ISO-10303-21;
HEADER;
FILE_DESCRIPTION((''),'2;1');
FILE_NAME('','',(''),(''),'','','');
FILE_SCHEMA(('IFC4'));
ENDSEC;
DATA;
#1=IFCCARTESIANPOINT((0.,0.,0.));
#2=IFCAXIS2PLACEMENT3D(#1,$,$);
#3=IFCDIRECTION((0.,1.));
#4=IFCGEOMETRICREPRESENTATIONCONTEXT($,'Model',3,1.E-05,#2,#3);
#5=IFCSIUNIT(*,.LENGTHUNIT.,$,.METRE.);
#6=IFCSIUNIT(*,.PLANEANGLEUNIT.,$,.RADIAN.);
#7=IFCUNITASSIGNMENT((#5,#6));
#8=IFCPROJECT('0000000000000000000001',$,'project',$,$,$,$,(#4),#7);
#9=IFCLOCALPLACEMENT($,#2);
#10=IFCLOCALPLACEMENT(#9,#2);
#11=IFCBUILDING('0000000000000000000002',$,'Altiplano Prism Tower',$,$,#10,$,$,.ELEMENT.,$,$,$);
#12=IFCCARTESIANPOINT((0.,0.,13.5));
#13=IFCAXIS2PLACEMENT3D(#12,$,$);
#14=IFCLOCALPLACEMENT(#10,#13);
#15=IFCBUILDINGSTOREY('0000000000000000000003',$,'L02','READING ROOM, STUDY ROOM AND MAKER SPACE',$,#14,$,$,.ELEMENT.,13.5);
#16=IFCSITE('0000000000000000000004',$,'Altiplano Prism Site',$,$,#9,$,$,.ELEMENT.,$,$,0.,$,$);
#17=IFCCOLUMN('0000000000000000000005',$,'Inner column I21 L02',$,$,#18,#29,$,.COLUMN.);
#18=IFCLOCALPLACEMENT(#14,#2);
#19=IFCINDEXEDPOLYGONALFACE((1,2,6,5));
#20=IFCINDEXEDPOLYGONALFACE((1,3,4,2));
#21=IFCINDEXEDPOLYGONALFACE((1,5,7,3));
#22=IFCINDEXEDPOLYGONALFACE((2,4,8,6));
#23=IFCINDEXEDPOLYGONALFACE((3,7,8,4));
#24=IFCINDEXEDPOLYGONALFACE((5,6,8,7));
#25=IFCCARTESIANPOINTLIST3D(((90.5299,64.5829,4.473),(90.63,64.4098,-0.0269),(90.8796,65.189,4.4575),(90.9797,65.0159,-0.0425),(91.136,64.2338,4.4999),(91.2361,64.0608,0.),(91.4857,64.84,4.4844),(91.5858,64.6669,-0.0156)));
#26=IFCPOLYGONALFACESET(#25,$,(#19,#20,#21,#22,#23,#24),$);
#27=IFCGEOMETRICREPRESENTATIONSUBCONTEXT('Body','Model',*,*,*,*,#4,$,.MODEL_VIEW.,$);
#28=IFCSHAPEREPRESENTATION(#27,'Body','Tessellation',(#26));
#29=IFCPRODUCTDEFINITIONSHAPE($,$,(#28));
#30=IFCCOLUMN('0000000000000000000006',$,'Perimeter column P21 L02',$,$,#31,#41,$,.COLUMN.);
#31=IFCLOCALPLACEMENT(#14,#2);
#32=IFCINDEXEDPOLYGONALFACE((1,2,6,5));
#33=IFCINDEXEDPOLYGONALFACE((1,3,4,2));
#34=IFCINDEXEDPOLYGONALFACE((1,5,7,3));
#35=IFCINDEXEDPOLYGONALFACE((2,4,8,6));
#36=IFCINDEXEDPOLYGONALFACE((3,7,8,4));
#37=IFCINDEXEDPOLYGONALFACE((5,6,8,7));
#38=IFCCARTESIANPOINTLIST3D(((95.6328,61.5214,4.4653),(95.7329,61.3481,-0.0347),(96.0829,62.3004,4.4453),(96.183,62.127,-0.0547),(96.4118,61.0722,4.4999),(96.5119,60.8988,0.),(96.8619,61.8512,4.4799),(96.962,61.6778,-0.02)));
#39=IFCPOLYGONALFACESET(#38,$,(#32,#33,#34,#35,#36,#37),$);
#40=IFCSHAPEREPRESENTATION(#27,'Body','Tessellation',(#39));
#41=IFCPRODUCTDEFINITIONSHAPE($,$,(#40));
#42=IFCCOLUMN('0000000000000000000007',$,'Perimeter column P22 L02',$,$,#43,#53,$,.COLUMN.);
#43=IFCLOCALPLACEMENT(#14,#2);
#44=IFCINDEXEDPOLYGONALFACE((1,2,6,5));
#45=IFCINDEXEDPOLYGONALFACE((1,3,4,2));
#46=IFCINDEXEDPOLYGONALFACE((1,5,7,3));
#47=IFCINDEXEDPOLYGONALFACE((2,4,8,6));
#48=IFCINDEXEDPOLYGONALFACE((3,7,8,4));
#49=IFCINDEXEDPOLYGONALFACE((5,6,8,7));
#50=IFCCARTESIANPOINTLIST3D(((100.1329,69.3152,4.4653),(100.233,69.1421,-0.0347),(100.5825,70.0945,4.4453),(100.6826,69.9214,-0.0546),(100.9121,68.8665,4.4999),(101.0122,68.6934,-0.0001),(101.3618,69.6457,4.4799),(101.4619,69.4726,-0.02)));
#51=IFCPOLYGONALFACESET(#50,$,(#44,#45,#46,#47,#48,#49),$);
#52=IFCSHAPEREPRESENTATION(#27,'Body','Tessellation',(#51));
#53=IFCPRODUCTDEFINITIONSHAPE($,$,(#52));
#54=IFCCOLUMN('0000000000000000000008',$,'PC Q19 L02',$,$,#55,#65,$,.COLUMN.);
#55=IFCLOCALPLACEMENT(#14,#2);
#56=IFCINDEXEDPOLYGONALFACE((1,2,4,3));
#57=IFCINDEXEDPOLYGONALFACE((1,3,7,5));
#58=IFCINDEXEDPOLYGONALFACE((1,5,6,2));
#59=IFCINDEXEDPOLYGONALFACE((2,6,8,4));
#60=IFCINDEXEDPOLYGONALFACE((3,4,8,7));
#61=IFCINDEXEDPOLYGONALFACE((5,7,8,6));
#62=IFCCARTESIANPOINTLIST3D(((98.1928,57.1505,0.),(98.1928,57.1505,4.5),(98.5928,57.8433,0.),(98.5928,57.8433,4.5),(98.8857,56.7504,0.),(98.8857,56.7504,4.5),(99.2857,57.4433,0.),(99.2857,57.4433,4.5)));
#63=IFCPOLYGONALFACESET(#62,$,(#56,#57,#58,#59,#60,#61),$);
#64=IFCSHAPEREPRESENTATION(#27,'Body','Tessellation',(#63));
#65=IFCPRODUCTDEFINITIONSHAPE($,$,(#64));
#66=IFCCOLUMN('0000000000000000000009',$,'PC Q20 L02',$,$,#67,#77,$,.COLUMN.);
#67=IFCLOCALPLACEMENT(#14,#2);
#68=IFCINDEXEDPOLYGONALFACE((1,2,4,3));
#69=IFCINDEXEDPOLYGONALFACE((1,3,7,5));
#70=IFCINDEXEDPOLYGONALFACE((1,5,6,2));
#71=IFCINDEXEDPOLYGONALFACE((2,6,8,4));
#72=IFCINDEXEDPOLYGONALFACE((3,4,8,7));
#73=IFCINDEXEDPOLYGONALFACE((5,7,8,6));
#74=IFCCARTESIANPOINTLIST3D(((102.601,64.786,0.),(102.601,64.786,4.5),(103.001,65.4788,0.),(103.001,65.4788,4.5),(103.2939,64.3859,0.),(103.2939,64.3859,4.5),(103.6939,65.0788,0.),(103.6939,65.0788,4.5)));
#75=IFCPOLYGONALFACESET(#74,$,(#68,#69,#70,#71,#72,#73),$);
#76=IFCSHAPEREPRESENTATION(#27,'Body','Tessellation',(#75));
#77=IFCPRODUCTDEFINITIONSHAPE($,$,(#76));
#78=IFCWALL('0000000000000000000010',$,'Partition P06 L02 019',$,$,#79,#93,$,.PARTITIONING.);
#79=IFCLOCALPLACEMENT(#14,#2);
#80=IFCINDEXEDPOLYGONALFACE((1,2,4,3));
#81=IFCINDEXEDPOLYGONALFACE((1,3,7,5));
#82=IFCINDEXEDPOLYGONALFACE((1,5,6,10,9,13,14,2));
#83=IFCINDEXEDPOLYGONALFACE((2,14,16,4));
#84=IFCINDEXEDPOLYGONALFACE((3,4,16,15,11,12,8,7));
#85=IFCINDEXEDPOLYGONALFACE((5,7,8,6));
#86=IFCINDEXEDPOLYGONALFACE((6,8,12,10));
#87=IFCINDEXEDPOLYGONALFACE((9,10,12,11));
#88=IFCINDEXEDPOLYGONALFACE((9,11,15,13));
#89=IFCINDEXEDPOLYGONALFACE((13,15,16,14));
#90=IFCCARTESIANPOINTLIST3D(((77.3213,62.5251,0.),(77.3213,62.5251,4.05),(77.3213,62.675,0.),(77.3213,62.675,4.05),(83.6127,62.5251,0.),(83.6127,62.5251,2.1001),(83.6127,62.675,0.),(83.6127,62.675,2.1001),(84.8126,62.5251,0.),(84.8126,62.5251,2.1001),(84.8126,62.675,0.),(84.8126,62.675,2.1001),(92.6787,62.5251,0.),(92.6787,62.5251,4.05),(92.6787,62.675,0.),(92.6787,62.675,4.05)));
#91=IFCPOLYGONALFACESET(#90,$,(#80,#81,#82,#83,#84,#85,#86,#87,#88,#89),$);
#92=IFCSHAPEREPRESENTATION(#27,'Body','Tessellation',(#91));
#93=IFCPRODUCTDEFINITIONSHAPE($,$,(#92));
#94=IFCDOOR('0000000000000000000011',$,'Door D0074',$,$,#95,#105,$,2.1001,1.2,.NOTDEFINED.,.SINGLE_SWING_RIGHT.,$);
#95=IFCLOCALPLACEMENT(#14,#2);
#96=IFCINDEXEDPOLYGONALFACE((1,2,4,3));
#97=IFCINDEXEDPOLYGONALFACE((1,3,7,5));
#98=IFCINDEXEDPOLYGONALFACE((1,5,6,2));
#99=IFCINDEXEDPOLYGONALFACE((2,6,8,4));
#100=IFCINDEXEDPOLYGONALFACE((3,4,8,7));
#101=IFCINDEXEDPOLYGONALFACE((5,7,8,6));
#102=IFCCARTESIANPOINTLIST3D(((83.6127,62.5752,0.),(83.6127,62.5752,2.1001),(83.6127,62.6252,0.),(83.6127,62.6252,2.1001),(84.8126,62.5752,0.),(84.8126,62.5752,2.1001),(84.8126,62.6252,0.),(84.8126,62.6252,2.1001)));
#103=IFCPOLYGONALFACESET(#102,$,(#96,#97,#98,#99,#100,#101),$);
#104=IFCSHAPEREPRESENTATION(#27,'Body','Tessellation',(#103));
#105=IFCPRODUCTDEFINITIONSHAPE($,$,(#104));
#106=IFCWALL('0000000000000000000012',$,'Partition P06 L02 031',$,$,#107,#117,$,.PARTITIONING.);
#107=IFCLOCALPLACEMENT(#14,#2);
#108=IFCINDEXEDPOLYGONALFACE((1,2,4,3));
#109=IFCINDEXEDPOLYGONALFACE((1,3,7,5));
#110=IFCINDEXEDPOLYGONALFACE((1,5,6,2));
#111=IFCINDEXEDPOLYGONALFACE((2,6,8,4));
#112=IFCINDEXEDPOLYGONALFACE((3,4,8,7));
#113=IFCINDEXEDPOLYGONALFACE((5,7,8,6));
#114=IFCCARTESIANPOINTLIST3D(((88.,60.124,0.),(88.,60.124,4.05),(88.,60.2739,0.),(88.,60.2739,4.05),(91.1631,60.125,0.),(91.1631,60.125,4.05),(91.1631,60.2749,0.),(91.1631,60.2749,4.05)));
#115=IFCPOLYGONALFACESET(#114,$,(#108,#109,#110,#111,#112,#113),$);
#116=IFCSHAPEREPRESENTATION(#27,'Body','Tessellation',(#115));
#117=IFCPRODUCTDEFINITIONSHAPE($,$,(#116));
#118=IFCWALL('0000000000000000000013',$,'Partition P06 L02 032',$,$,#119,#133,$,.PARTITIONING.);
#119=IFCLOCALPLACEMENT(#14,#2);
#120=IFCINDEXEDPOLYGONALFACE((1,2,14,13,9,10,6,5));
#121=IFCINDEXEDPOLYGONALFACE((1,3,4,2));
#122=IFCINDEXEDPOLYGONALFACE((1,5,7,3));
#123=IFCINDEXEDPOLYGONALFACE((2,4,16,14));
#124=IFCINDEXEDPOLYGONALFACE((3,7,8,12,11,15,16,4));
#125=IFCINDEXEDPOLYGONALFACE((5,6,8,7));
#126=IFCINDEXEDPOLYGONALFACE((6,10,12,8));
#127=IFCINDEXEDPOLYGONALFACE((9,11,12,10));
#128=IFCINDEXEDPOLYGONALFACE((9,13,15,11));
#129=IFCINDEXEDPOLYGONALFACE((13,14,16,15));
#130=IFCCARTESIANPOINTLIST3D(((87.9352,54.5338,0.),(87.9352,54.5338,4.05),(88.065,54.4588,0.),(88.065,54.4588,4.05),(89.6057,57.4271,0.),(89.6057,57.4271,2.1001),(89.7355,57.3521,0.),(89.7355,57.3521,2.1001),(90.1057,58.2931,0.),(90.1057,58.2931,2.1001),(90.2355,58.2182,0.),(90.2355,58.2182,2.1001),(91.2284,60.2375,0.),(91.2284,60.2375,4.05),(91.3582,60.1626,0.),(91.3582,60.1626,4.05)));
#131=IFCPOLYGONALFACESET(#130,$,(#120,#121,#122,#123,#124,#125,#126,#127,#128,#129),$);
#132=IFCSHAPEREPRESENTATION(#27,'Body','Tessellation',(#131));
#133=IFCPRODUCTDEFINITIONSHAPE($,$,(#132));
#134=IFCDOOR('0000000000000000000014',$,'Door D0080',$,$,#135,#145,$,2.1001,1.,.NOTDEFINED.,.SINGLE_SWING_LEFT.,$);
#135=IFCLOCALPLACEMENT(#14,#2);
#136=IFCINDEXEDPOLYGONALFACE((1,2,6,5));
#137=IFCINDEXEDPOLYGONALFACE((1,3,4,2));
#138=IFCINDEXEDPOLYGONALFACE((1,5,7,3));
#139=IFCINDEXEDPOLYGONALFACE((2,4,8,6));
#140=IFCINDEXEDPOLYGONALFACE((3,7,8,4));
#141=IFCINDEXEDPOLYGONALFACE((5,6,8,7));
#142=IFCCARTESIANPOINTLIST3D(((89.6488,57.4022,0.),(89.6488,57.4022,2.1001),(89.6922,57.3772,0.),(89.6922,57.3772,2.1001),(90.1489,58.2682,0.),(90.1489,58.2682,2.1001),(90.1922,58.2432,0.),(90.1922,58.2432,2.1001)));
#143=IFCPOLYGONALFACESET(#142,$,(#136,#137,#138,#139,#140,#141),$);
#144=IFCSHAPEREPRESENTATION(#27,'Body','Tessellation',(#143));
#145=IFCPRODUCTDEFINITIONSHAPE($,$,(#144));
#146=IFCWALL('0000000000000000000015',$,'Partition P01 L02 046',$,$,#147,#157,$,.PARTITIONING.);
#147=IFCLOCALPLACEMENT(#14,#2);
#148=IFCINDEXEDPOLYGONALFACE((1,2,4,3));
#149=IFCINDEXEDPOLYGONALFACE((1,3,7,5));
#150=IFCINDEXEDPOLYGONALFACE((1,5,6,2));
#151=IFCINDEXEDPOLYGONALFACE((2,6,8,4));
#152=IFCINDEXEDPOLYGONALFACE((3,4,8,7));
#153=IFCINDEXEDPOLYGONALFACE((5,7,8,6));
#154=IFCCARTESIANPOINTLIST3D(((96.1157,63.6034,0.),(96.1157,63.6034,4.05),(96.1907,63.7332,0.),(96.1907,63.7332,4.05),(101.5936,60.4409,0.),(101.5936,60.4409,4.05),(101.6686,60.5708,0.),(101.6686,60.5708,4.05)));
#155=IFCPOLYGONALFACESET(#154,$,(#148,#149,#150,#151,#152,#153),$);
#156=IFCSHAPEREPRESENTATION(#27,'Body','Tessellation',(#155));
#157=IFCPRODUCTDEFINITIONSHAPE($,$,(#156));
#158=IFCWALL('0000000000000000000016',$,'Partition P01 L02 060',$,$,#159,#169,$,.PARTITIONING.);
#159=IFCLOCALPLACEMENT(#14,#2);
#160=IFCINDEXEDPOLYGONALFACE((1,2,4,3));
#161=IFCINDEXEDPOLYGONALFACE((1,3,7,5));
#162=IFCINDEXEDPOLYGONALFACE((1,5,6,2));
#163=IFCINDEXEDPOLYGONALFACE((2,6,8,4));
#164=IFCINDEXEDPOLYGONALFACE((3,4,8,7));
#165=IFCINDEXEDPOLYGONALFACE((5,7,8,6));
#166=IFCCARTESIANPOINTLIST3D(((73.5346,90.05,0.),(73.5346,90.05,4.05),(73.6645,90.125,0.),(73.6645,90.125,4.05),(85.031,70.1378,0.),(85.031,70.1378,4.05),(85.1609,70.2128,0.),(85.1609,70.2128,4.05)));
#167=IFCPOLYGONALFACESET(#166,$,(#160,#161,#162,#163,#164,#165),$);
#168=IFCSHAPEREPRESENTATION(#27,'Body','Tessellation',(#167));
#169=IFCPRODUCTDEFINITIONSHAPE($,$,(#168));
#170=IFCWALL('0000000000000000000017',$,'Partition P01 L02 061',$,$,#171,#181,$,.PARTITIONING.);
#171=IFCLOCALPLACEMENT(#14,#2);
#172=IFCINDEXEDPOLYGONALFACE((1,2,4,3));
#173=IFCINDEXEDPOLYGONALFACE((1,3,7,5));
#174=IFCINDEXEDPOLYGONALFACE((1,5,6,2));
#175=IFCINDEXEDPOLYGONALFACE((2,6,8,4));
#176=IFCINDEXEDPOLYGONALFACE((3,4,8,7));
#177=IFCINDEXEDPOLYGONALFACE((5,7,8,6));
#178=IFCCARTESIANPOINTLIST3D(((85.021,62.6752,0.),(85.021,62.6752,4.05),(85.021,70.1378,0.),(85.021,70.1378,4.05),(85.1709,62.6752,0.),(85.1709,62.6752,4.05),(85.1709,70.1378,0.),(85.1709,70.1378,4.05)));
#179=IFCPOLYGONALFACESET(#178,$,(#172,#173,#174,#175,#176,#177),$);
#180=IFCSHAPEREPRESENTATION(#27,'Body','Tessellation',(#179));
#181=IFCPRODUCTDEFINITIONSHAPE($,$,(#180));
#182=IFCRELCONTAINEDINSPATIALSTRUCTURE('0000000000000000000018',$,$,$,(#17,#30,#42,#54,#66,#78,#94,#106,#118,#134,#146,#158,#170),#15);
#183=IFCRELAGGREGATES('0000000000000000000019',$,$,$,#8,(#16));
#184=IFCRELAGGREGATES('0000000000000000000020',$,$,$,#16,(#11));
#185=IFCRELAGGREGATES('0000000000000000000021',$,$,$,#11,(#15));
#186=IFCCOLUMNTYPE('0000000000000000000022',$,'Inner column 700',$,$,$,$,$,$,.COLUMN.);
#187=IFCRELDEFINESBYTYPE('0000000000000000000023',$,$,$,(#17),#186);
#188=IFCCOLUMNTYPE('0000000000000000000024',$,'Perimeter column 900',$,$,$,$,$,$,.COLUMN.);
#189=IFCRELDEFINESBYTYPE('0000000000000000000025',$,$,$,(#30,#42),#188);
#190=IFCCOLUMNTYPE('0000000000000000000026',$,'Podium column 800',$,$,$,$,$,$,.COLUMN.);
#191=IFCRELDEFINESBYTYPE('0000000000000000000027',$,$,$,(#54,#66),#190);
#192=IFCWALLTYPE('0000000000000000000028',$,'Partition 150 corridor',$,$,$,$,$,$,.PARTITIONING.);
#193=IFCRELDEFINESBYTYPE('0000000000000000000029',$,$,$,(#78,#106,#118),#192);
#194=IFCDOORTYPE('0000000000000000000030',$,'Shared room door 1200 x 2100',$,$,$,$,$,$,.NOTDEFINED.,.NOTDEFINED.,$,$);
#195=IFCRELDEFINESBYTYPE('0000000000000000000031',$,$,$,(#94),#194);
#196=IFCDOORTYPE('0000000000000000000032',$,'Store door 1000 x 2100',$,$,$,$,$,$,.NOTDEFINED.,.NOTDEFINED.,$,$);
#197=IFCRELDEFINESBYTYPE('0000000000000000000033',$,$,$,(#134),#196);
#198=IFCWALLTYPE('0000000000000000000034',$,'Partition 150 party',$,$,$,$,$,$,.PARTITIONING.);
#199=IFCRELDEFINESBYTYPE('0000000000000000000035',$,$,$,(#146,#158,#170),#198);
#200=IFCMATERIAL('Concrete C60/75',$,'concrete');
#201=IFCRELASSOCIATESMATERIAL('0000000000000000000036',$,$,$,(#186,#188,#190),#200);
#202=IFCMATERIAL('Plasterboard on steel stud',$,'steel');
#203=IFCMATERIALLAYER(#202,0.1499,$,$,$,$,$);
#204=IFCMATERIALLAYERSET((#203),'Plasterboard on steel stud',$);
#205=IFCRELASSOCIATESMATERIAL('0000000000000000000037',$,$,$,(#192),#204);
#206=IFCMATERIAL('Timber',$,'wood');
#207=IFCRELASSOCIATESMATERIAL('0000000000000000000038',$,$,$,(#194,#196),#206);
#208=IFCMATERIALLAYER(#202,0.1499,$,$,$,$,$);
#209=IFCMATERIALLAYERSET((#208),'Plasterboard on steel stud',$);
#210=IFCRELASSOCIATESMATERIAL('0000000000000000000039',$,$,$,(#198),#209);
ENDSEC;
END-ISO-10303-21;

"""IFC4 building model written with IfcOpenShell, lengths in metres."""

from ifc_helpers import new_model, si_unit, direction, frame, frame_2d, origin, origin_2d, place, context, subcontext, project, spatial, rectangle, extrude, material, layer, layer_set, material_profile, profile_set, type_object, element, fill, save


model = new_model("IFC4")

# Units and contexts
model_context = context("Model", 3, precision=1e-05, world=origin(), true_north=direction((0.0, 1.0)))
body_context = subcontext(model_context, "Body", "Model", "MODEL_VIEW")
ifc_project = project(units=[si_unit("LENGTHUNIT", "METRE"), si_unit("PLANEANGLEUNIT", "RADIAN")], contexts=[model_context])

# Site, building, storey
site_placement = place(None, origin())
site = spatial("IfcSite", under=ifc_project, at=site_placement, Name="Altiplano Prism Site", CompositionType="ELEMENT", RefElevation=0.0)
building_placement = place(site_placement, origin())
building = spatial("IfcBuilding", under=site, at=building_placement, Name="Altiplano Prism Tower", CompositionType="ELEMENT")
storey_placement = place(building_placement, frame((0.0, 0.0, 13.5)))
storey = spatial("IfcBuildingStorey", under=building, at=storey_placement, Name="L02", Description="READING ROOM, STUDY ROOM AND MAKER SPACE", CompositionType="ELEMENT", Elevation=13.5)

# Columns
ifc_material_1 = material(Name="Concrete C60/75", Category="concrete")
ifc_material_profile_1 = material_profile(ifc_material_1, rectangle(XDim=0.7, YDim=0.7, at=origin_2d()), Name="Inner column 700")
ifc_profile_set_1 = profile_set([ifc_material_profile_1], Name="Concrete C60/75")
column_type_1 = type_object("IfcColumnType", Name="Inner column 700", PredefinedType="COLUMN", material=ifc_profile_set_1)
column_placement = place(storey_placement, frame((91.1079, 64.5383, -0.0212), z_axis=(-0.022222, 0.038428, 0.999014), x_axis=(-0.499643, -0.865947, 0.022195)))
element("IfcColumn", 1, at=column_placement, inside=storey, type_object=column_type_1, Name="Inner column I21 L02", PredefinedType="COLUMN", context=body_context, shape_type="SweptSolid", body=[
    extrude(rectangle(XDim=0.7, YDim=0.7, at=origin_2d()), origin(), (0.0, 0.0, 1.0), 4.5044),
])
ifc_material_profile_2 = material_profile(ifc_material_1, rectangle(XDim=0.8999, YDim=0.8999, at=origin_2d()), Name="Perimeter column 900")
ifc_profile_set_2 = profile_set([ifc_material_profile_2], Name="Concrete C60/75")
column_type_2 = type_object("IfcColumnType", Name="Perimeter column 900", PredefinedType="COLUMN", material=ifc_profile_set_2)
for number, where, z_axis, x_axis, name in (
    (2, (96.3474, 61.5129, -0.0273), (-0.022222, 0.038482, 0.999012), (-0.500172, -0.865641, 0.022219), "Perimeter column P21 L02"),
    (3, (100.8474, 69.3074, -0.0273), (-0.022222, 0.038428, 0.999014), (-0.499642, -0.865947, 0.022195), "Perimeter column P22 L02"),
):
    element("IfcColumn", number, at=place(storey_placement, frame(where, z_axis=z_axis, x_axis=x_axis)), inside=storey, type_object=column_type_2, Name=name, PredefinedType="COLUMN", context=body_context, shape_type="SweptSolid", body=[
        extrude(rectangle(XDim=0.8999, YDim=0.8999, at=origin_2d()), origin(), (0.0, 0.0, 1.0), 4.5044),
    ])
ifc_material_profile_3 = material_profile(ifc_material_1, rectangle(XDim=0.8, YDim=0.8, at=origin_2d()), Name="Podium column 800")
ifc_profile_set_3 = profile_set([ifc_material_profile_3], Name="Concrete C60/75")
column_type_3 = type_object("IfcColumnType", Name="Podium column 800", PredefinedType="COLUMN", material=ifc_profile_set_3)
for number, where, z_axis, x_axis, name in (
    (4, (98.7393, 57.2969, 0.0), (0.0, 0.0, 1.0), (0.5, 0.866025, 0.0), "PC Q19 L02"),
    (5, (103.1475, 64.9324, 0.0), (0.0, 0.0, 1.0), (0.5, 0.866025, 0.0), "PC Q20 L02"),
):
    element("IfcColumn", number, at=place(storey_placement, frame(where, z_axis=z_axis, x_axis=x_axis)), inside=storey, type_object=column_type_3, Name=name, PredefinedType="COLUMN", context=body_context, shape_type="SweptSolid", body=[
        extrude(rectangle(XDim=0.8, YDim=0.8, at=origin_2d()), origin(), (0.0, 0.0, 1.0), 4.5),
    ])

# Wall, opening, door
ifc_material_2 = material(Name="Plasterboard on steel stud", Category="steel")
ifc_layer_1 = layer(ifc_material_2, 0.1499)
ifc_layer_set_1 = layer_set([ifc_layer_1], Name="Plasterboard on steel stud")
wall_type_1 = type_object("IfcWallType", Name="Partition 150 corridor", PredefinedType="PARTITIONING", material=ifc_layer_set_1)
wall_1_placement = place(storey_placement, frame((92.6787, 62.6001, 0.0), z_axis=(0.0, 0.0, 1.0), x_axis=(-1.0, 0.0, 0.0)))
wall_1 = element("IfcWall", 6, at=wall_1_placement, inside=storey, type_object=wall_type_1, Name="Partition P06 L02 019", PredefinedType="PARTITIONING", context=body_context, shape_type="SweptSolid", body=[
    extrude(rectangle(XDim=15.3574, YDim=0.1499, at=frame_2d((7.6787, 0.0))), origin(), (0.0, 0.0, 1.0), 4.05),
])
opening_1_placement = place(wall_1_placement, frame((7.866, 0.0, 0.0)))
opening_1 = element("IfcOpeningElement", 7, at=opening_1_placement, cuts=wall_1, PredefinedType="OPENING", context=body_context, shape_type="SweptSolid", body=[
    extrude(rectangle(XDim=1.2, YDim=2.1001, at=frame_2d((0.6001, 1.05))), frame((0.0, 0.0854, 0.0), z_axis=(0.0, -1.0, 0.0), x_axis=(1.0, 0.0, 0.0)), (0.0, 0.0, 1.0), 0.1709),
])
ifc_material_3 = material(Name="Timber", Category="wood")
door_type_1 = type_object("IfcDoorType", Name="Shared room door 1200 x 2100", OperationType="NOTDEFINED", PredefinedType="NOTDEFINED", material=ifc_material_3)
door_1_placement = place(opening_1_placement, origin())
door_1 = element("IfcDoor", 8, at=door_1_placement, inside=storey, type_object=door_type_1, Name="Door D0074", OperationType="SINGLE_SWING_RIGHT", OverallHeight=2.1001, OverallWidth=1.2, PredefinedType="NOTDEFINED", context=body_context, shape_type="SweptSolid", body=[
    extrude(rectangle(XDim=1.2, YDim=2.1001, at=frame_2d((0.6001, 1.05))), frame((0.0, 0.0249, 0.0), z_axis=(0.0, -1.0, 0.0), x_axis=(1.0, 0.0, 0.0)), (0.0, 0.0, 1.0), 0.05),
])
fill(opening_1, door_1)

# Wall
wall_2_placement = place(storey_placement, frame((88.0, 60.199, 0.0), z_axis=(0.0, 0.0, 1.0), x_axis=(1.0, 0.000309, 0.0)))
element("IfcWall", 9, at=wall_2_placement, inside=storey, type_object=wall_type_1, Name="Partition P06 L02 031", PredefinedType="PARTITIONING", context=body_context, shape_type="SweptSolid", body=[
    extrude(rectangle(XDim=3.1631, YDim=0.1499, at=frame_2d((1.5815, 0.0))), origin(), (0.0, 0.0, 1.0), 4.05),
])

# Wall, opening, door
wall_3_placement = place(storey_placement, frame((91.2932, 60.2, 0.0), z_axis=(0.0, 0.0, 1.0), x_axis=(-0.50001, -0.86602, 0.0)))
wall_3 = element("IfcWall", 10, at=wall_3_placement, inside=storey, type_object=wall_type_1, Name="Partition P06 L02 032", PredefinedType="PARTITIONING", context=body_context, shape_type="SweptSolid", body=[
    extrude(rectangle(XDim=6.5862, YDim=0.1499, at=frame_2d((3.293, 0.0))), origin(), (0.0, 0.0, 1.0), 4.05),
])
opening_2_placement = place(wall_3_placement, frame((2.2451, 0.0, 0.0)))
opening_2 = element("IfcOpeningElement", 11, at=opening_2_placement, cuts=wall_3, PredefinedType="OPENING", context=body_context, shape_type="SweptSolid", body=[
    extrude(rectangle(XDim=1.0, YDim=2.1001, at=frame_2d((0.5, 1.05))), frame((0.0, 0.0854, 0.0), z_axis=(0.0, -1.0, 0.0), x_axis=(1.0, 0.0, 0.0)), (0.0, 0.0, 1.0), 0.1709),
])
door_type_2 = type_object("IfcDoorType", Name="Store door 1000 x 2100", OperationType="NOTDEFINED", PredefinedType="NOTDEFINED", material=ifc_material_3)
door_2_placement = place(opening_2_placement, origin())
door_2 = element("IfcDoor", 12, at=door_2_placement, inside=storey, type_object=door_type_2, Name="Door D0080", OperationType="SINGLE_SWING_LEFT", OverallHeight=2.1001, OverallWidth=1.0, PredefinedType="NOTDEFINED", context=body_context, shape_type="SweptSolid", body=[
    extrude(rectangle(XDim=1.0, YDim=2.1001, at=frame_2d((0.5, 1.05))), frame((0.0, 0.0249, 0.0), z_axis=(0.0, -1.0, 0.0), x_axis=(1.0, 0.0, 0.0)), (0.0, 0.0, 1.0), 0.05),
])
fill(opening_2, door_2)

# Walls
ifc_layer_2 = layer(ifc_material_2, 0.1499)
ifc_layer_set_2 = layer_set([ifc_layer_2], Name="Plasterboard on steel stud")
wall_type_2 = type_object("IfcWallType", Name="Partition 150 party", PredefinedType="PARTITIONING", material=ifc_layer_set_2)
wall_4_placement = place(storey_placement, frame((101.6311, 60.5059, 0.0), z_axis=(0.0, 0.0, 1.0), x_axis=(-0.866042, 0.499971, 0.0)))
element("IfcWall", 13, at=wall_4_placement, inside=storey, type_object=wall_type_2, Name="Partition P01 L02 046", PredefinedType="PARTITIONING", context=body_context, shape_type="SweptSolid", body=[
    extrude(rectangle(XDim=6.3252, YDim=0.1499, at=frame_2d((3.1626, 0.0))), origin(), (0.0, 0.0, 1.0), 4.05),
])
wall_5_placement = place(storey_placement, frame((85.0959, 70.1753, 0.0), z_axis=(0.0, 0.0, 1.0), x_axis=(-0.500002, 0.866024, 0.0)))
element("IfcWall", 14, at=wall_5_placement, inside=storey, type_object=wall_type_2, Name="Partition P01 L02 060", PredefinedType="PARTITIONING", context=body_context, shape_type="SweptSolid", body=[
    extrude(rectangle(XDim=22.9927, YDim=0.1499, at=frame_2d((11.4963, 0.0))), origin(), (0.0, 0.0, 1.0), 4.05),
])
wall_6_placement = place(storey_placement, frame((85.0959, 62.675, 0.0), z_axis=(0.0, 0.0, 1.0), x_axis=(0.0, 1.0, 0.0)))
element("IfcWall", 15, at=wall_6_placement, inside=storey, type_object=wall_type_2, Name="Partition P01 L02 061", PredefinedType="PARTITIONING", context=body_context, shape_type="SweptSolid", body=[
    extrude(rectangle(XDim=7.4626, YDim=0.1499, at=frame_2d((3.7314, 0.0))), origin(), (0.0, 0.0, 1.0), 4.05),
])

save(model, "model.ifc")
